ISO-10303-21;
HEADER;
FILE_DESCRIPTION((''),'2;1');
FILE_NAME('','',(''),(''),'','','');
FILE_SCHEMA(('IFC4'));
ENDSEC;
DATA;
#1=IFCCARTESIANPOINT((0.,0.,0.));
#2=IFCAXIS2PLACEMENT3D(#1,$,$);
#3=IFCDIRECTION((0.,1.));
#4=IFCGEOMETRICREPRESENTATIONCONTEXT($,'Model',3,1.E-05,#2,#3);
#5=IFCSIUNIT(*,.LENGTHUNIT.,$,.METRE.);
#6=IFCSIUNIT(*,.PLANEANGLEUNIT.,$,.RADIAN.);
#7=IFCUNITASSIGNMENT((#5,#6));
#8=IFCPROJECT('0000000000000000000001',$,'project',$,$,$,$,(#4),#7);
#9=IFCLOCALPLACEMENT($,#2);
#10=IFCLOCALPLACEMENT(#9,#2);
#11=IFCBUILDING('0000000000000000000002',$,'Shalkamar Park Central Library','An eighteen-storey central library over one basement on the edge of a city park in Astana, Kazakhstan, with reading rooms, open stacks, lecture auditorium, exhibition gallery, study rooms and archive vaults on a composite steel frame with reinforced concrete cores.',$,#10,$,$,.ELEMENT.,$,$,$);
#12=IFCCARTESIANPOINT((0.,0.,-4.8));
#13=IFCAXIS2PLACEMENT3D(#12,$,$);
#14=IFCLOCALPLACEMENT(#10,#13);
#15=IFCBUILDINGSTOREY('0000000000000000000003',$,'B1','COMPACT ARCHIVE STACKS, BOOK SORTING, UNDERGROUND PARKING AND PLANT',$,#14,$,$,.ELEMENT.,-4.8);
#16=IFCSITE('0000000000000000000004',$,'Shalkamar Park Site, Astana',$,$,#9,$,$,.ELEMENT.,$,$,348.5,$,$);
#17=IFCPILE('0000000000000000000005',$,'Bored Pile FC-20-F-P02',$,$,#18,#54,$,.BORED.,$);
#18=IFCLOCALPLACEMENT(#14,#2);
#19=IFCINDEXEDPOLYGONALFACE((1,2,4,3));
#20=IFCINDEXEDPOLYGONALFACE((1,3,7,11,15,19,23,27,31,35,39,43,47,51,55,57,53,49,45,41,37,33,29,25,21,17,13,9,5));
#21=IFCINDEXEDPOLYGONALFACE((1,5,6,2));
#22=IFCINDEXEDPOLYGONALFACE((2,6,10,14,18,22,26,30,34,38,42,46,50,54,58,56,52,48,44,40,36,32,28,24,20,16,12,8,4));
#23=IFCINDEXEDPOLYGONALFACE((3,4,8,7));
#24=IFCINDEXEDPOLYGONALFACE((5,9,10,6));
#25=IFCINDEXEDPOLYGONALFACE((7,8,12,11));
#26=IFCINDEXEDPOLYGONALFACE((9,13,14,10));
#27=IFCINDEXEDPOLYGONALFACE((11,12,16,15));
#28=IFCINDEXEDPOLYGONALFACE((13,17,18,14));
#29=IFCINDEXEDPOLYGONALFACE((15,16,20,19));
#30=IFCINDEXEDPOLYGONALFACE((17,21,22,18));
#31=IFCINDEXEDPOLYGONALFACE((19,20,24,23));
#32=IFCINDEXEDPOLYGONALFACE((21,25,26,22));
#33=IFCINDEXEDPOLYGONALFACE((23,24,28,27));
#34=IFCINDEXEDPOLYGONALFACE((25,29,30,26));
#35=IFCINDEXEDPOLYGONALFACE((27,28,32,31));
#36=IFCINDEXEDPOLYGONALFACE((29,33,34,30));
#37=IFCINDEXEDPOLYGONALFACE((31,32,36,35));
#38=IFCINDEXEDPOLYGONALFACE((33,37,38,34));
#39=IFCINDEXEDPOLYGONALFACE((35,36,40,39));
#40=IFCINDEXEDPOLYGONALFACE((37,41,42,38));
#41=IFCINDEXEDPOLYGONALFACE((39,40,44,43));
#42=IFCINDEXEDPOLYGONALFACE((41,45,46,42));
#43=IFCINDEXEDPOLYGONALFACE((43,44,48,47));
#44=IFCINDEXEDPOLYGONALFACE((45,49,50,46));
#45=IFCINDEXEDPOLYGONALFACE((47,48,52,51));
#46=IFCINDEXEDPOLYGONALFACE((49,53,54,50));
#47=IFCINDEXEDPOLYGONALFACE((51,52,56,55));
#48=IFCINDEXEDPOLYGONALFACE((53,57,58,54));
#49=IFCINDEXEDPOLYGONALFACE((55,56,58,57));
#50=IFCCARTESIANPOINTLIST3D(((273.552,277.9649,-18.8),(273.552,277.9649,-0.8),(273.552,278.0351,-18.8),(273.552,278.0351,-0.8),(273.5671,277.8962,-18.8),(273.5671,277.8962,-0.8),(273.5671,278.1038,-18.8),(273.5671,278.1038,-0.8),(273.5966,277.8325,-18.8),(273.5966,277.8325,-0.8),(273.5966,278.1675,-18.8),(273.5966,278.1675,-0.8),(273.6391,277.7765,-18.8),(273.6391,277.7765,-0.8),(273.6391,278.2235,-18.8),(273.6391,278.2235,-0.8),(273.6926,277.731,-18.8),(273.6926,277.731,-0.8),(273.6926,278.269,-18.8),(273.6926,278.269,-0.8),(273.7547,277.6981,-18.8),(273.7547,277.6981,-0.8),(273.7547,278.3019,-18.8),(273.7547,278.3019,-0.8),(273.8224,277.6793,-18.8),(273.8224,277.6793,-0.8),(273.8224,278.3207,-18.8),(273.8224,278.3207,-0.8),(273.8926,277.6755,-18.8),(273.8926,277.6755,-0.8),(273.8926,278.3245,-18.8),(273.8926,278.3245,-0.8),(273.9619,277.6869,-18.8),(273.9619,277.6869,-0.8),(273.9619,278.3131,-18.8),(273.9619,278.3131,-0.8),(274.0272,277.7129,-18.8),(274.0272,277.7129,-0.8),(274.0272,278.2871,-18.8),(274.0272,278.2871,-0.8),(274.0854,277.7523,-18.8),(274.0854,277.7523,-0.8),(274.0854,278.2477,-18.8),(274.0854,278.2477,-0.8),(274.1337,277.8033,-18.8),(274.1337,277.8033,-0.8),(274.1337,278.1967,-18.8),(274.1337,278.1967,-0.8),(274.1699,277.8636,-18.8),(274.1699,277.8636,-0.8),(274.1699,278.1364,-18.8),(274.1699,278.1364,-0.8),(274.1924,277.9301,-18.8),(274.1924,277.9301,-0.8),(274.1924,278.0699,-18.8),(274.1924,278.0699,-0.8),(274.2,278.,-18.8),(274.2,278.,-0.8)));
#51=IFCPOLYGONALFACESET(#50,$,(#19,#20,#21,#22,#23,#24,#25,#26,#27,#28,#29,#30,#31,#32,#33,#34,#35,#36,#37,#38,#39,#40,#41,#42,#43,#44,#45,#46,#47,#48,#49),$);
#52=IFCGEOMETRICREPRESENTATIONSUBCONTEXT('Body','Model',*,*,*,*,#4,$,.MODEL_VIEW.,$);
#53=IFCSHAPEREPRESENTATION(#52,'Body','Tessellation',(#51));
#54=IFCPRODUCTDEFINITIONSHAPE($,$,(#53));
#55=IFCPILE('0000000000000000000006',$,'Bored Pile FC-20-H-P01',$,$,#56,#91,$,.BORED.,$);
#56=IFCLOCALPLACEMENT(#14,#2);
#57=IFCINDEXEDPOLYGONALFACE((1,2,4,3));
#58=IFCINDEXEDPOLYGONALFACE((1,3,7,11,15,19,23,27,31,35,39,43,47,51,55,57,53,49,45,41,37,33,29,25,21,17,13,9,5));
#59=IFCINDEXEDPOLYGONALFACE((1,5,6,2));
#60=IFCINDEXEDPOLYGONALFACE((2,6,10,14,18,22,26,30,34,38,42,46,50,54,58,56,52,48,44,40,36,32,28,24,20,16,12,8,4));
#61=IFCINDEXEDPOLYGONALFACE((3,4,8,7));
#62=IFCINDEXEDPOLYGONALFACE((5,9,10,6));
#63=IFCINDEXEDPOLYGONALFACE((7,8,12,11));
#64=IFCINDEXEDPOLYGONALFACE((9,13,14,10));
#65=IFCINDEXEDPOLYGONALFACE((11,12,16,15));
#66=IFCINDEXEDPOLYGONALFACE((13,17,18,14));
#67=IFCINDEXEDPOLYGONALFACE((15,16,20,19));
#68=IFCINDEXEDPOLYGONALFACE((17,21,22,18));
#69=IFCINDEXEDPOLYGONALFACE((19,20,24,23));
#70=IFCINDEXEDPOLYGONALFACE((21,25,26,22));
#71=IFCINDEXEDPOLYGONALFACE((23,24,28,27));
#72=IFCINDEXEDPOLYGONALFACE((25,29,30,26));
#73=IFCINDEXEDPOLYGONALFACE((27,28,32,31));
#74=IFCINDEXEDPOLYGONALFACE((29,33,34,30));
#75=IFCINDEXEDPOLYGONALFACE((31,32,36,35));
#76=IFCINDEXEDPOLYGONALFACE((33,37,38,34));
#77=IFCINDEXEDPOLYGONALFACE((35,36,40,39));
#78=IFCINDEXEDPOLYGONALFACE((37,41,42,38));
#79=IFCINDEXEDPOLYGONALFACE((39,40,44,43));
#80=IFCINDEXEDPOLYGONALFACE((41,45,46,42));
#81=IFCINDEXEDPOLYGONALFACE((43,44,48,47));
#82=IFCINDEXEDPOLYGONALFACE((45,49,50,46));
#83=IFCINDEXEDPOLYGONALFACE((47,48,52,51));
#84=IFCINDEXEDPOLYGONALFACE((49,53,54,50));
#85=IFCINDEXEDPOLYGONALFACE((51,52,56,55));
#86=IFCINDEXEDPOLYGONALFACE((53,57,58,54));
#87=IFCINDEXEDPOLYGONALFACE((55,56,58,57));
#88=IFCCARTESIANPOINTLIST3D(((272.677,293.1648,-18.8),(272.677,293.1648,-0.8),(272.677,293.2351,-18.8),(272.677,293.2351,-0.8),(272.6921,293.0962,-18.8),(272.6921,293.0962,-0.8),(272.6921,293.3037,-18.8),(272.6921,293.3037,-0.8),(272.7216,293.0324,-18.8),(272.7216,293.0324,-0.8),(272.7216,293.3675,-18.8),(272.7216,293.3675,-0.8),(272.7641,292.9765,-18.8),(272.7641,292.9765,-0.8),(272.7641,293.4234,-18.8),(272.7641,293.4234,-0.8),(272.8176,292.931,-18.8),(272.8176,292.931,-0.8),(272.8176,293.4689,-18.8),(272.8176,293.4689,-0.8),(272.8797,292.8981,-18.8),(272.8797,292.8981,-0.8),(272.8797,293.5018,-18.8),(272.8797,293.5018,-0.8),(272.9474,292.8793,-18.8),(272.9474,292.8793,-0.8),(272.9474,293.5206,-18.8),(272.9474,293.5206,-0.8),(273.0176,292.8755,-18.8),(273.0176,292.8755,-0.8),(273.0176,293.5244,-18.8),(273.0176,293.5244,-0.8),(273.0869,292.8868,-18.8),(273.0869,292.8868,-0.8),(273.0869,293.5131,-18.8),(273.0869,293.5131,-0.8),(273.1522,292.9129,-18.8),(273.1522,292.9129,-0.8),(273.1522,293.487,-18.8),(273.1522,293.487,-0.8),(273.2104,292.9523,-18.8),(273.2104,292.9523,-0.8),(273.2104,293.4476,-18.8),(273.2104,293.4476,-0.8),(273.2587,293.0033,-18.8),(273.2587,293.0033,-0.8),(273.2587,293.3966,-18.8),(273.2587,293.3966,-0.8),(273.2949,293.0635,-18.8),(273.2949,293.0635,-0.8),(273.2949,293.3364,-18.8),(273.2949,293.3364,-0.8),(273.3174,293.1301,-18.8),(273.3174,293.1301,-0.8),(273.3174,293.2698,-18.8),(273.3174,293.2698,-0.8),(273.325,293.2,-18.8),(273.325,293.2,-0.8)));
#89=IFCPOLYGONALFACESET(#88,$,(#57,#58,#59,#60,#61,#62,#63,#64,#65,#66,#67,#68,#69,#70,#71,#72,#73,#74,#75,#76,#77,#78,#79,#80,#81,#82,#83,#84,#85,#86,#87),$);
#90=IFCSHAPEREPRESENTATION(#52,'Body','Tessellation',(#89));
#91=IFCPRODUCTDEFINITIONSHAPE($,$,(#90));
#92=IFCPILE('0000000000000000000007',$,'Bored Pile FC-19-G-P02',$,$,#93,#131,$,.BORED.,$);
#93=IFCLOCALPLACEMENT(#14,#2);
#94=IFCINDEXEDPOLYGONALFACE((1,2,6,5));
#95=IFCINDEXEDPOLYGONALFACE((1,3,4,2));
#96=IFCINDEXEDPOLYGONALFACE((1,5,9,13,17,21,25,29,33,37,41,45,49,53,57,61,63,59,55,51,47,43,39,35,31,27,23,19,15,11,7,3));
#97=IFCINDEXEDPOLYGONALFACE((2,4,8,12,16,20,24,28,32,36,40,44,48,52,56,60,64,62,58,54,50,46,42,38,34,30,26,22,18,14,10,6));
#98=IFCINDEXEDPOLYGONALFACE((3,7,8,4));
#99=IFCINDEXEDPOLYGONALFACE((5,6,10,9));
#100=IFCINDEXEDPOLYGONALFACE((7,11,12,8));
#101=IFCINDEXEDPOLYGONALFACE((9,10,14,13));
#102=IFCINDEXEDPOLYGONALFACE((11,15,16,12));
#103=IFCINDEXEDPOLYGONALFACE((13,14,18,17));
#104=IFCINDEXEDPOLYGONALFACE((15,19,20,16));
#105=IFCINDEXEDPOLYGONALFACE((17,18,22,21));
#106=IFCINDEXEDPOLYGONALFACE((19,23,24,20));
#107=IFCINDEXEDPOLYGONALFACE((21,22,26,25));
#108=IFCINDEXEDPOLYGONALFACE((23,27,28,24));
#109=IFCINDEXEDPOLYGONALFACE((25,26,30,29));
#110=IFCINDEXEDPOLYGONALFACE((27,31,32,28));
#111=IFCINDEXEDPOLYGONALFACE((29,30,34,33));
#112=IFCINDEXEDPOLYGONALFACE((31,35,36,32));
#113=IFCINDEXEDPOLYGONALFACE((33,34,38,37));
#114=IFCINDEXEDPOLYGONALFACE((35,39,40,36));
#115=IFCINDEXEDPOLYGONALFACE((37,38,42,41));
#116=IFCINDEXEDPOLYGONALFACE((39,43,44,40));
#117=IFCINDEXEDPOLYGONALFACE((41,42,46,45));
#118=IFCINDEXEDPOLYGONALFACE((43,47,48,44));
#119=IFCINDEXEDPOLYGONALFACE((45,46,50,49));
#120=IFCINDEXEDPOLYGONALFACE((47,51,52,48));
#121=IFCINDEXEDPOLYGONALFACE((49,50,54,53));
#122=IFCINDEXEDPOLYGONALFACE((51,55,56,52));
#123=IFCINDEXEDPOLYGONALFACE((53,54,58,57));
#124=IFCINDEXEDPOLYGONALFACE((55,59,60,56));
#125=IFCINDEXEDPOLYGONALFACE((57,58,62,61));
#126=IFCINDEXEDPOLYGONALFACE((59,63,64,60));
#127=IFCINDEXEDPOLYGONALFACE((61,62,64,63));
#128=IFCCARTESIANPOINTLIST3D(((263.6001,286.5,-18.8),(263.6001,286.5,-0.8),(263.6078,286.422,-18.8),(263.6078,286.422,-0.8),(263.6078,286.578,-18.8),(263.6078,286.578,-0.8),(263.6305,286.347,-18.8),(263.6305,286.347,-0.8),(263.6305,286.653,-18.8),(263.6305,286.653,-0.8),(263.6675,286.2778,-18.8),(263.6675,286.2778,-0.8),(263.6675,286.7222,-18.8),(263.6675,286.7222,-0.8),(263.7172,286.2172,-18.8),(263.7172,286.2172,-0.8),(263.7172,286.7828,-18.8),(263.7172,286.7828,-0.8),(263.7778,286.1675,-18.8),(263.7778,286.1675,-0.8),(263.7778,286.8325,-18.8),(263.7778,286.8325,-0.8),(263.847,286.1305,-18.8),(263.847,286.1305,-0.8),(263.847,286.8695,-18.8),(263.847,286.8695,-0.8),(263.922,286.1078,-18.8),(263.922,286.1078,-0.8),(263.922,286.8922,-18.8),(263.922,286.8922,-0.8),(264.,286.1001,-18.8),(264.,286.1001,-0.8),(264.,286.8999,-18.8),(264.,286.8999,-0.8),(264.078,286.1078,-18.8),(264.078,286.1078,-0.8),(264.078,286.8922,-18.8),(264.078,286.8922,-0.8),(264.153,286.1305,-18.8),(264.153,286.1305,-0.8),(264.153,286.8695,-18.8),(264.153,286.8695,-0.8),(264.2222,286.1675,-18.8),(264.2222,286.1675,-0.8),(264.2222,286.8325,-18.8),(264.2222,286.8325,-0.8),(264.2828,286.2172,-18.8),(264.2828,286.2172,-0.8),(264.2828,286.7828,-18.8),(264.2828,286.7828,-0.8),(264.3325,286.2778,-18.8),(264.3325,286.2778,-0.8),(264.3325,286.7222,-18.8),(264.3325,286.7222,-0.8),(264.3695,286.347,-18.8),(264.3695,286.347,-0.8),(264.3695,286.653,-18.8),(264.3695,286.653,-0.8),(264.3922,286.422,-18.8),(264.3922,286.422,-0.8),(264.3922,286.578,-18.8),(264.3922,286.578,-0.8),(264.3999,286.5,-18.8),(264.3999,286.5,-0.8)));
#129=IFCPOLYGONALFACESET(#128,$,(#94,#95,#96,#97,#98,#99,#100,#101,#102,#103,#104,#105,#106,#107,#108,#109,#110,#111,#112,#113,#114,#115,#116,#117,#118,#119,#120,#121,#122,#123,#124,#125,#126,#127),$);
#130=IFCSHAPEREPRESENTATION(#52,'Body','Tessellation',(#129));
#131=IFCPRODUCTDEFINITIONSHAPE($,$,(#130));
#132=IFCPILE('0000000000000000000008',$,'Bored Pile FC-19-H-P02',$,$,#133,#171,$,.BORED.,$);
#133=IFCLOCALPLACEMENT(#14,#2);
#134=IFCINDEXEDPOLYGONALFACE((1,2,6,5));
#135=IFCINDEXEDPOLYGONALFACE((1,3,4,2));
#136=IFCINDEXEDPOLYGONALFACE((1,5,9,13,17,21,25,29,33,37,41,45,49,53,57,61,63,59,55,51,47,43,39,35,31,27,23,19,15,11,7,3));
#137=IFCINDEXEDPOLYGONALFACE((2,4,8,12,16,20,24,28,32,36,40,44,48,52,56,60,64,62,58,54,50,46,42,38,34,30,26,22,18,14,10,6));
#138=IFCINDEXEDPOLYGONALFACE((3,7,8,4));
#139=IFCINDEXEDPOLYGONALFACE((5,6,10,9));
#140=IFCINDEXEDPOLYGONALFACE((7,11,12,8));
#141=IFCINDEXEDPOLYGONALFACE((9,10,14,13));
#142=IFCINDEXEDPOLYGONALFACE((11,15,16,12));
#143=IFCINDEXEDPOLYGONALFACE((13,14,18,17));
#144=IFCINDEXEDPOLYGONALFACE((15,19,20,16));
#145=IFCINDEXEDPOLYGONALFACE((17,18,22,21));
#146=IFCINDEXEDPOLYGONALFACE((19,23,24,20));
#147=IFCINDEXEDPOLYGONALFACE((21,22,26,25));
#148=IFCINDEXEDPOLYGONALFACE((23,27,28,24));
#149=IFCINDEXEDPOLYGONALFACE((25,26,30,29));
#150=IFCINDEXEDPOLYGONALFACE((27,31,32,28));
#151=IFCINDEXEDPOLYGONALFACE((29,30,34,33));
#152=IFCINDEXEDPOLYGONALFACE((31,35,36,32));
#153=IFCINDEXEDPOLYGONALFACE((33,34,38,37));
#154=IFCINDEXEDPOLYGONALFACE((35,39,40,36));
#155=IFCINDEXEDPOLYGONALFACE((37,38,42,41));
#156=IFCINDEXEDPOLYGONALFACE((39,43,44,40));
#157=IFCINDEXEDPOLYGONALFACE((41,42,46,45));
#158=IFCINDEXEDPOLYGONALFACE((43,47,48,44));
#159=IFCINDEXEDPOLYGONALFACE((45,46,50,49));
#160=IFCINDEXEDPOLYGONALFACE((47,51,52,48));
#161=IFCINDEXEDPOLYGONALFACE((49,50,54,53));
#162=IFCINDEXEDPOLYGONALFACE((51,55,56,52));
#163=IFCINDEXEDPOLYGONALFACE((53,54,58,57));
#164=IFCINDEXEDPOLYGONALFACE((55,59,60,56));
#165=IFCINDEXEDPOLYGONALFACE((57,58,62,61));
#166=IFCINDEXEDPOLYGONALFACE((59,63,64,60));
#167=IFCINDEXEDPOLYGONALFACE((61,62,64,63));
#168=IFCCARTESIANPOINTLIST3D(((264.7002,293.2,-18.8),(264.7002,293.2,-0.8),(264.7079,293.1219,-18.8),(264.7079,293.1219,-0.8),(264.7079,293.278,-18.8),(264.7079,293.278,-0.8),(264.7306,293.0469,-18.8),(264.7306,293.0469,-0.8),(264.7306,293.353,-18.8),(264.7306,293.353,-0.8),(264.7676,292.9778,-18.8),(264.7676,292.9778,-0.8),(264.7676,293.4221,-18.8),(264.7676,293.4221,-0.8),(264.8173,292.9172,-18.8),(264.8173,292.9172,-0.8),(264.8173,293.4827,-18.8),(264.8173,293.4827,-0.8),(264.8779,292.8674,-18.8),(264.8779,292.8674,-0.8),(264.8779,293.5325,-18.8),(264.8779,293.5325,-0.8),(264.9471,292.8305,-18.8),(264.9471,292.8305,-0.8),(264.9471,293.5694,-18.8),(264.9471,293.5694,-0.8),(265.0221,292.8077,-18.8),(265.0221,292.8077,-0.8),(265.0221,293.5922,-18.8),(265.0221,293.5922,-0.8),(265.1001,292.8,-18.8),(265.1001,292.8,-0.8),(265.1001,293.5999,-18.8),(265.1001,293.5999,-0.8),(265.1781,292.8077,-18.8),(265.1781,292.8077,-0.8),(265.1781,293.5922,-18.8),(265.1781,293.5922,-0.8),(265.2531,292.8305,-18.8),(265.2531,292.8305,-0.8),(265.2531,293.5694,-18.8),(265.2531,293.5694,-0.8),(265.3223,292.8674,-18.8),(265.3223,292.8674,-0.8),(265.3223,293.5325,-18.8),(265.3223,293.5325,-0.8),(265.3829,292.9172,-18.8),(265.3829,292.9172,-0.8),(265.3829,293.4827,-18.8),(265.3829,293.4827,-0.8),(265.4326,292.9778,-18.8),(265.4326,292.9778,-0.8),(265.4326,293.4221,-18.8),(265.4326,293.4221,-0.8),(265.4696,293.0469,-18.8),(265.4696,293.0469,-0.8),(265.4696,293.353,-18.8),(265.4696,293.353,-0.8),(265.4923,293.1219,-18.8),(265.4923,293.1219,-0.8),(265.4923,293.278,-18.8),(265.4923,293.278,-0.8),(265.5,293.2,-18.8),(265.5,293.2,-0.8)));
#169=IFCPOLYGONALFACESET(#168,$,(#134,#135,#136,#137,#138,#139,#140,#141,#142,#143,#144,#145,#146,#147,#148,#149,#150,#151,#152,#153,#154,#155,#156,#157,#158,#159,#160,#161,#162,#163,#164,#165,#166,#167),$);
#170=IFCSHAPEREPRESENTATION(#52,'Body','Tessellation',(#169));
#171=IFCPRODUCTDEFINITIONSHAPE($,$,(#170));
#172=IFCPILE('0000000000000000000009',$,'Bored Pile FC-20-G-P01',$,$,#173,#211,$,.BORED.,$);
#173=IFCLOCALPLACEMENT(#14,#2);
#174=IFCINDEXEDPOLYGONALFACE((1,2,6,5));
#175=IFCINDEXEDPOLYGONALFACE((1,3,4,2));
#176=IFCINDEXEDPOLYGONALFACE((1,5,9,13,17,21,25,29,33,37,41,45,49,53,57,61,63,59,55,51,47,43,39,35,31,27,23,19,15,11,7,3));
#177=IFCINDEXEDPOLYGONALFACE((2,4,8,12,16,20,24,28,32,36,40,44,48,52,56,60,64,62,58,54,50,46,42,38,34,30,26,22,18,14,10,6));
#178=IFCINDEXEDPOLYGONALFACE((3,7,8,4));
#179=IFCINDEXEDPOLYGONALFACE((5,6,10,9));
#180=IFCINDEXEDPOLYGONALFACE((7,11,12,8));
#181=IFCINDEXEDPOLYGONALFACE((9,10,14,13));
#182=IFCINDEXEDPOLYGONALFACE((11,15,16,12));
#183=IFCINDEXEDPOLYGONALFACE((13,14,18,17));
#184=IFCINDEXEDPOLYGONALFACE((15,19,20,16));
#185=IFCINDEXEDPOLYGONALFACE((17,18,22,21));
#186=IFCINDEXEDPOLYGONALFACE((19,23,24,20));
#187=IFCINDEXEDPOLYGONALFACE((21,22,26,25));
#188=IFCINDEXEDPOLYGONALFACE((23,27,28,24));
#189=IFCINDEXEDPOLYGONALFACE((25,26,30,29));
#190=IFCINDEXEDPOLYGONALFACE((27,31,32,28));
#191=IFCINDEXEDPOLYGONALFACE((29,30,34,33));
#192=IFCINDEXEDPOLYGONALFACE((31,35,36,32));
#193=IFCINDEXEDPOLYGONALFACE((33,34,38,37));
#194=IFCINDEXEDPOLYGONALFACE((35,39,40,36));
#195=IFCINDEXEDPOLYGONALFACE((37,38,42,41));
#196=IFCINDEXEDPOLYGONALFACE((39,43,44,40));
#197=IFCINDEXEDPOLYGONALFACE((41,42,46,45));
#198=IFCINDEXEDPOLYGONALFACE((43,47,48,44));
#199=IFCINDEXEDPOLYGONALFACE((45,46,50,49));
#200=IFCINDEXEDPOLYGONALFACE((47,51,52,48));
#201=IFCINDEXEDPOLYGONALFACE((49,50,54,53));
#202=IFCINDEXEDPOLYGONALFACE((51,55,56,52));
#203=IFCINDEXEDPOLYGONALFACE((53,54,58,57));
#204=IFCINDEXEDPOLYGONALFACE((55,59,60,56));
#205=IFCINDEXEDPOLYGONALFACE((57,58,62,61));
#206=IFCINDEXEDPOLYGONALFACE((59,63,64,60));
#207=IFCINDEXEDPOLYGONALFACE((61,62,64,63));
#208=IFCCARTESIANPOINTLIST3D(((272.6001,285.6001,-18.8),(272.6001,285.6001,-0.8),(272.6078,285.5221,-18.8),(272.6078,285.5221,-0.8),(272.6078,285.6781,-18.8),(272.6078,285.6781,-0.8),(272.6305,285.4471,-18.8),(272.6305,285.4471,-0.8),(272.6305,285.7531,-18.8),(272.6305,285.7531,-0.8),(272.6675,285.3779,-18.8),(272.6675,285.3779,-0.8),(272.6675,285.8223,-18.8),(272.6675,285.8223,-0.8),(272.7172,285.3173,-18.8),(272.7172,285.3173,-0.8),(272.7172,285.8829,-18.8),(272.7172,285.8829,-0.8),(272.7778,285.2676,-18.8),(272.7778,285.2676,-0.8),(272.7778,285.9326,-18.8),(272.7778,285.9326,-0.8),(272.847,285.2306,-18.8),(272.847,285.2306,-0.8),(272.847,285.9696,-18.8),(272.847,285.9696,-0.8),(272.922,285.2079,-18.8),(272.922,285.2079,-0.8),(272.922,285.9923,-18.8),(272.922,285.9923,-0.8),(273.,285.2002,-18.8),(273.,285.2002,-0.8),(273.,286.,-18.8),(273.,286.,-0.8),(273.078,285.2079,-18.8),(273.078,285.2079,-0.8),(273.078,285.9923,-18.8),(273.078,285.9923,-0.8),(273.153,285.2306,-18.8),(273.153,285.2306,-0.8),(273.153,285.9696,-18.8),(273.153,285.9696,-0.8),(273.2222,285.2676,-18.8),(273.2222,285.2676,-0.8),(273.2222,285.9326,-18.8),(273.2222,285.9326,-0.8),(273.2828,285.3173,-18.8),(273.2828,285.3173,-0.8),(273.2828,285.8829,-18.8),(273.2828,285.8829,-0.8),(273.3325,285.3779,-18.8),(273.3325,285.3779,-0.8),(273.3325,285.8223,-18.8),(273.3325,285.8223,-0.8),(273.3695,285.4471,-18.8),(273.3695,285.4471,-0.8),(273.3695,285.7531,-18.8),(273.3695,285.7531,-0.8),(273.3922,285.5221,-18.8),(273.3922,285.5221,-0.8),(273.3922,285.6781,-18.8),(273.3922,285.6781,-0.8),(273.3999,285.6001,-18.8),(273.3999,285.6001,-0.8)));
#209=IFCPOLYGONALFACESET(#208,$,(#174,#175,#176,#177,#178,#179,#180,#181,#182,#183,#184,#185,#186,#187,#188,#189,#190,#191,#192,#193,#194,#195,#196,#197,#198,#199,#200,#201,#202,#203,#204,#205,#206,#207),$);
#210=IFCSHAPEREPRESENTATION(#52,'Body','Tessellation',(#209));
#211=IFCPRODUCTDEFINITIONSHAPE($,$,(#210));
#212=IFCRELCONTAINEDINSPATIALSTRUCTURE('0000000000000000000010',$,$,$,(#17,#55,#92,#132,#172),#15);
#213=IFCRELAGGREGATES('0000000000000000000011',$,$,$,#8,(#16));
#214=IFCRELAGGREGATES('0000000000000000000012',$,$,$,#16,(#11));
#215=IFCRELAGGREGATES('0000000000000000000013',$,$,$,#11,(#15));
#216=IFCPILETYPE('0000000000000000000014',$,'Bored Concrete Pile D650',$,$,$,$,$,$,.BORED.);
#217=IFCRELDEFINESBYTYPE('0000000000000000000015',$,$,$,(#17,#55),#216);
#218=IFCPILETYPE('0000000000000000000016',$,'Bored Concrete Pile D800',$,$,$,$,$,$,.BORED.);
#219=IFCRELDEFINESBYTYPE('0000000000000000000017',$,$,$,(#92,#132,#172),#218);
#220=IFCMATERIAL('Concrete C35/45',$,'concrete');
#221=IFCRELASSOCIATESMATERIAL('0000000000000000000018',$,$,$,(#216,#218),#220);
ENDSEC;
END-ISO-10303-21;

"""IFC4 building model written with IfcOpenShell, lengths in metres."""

from ifc_helpers import new_model, si_unit, direction, frame, origin, origin_2d, place, context, subcontext, project, spatial, circle, extrude, material, material_profile, profile_set, type_object, element, save


model = new_model("IFC4")

# Units and contexts
model_context = context("Model", 3, precision=1e-05, world=origin(), true_north=direction((0.0, 1.0)))
body_context = subcontext(model_context, "Body", "Model", "MODEL_VIEW")
ifc_project = project(units=[si_unit("LENGTHUNIT", "METRE"), si_unit("PLANEANGLEUNIT", "RADIAN")], contexts=[model_context])

# Site, building, storey
site_placement = place(None, origin())
site = spatial("IfcSite", under=ifc_project, at=site_placement, Name="Shalkamar Park Site, Astana", CompositionType="ELEMENT", RefElevation=348.5)
building_placement = place(site_placement, origin())
building = spatial("IfcBuilding", under=site, at=building_placement, Name="Shalkamar Park Central Library", Description="An eighteen-storey central library over one basement on the edge of a city park in Astana, Kazakhstan, with reading rooms, open stacks, lecture auditorium, exhibition gallery, study rooms and archive vaults on a composite steel frame with reinforced concrete cores.", CompositionType="ELEMENT")
storey_placement = place(building_placement, frame((0.0, 0.0, -4.8)))
storey = spatial("IfcBuildingStorey", under=building, at=storey_placement, Name="B1", Description="COMPACT ARCHIVE STACKS, BOOK SORTING, UNDERGROUND PARKING AND PLANT", CompositionType="ELEMENT", Elevation=-4.8)

# Piles
ifc_material_1 = material(Name="Concrete C35/45", Category="concrete")
ifc_material_profile_1 = material_profile(ifc_material_1, circle(Radius=0.325, at=origin_2d()), Name="PILE D650")
ifc_profile_set_1 = profile_set([ifc_material_profile_1], Name="Concrete C35/45")
pile_type_1 = type_object("IfcPileType", Name="Bored Concrete Pile D650", PredefinedType="BORED", material=ifc_profile_set_1)
for number, where, z_axis, x_axis, name in (
    (1, (273.875, 278.0, -0.8), (0.0, 0.0, -1.0), (1.0, 0.0, 0.0), "Bored Pile FC-20-F-P02"),
    (2, (273.0, 293.2, -0.8), (0.0, 0.0, -1.0), (1.0, 0.0, 0.0), "Bored Pile FC-20-H-P01"),
):
    element("IfcPile", number, at=place(storey_placement, frame(where, z_axis=z_axis, x_axis=x_axis)), inside=storey, type_object=pile_type_1, Name=name, PredefinedType="BORED", context=body_context, shape_type="SweptSolid", body=[
        extrude(circle(Radius=0.325, at=origin_2d()), origin(), (0.0, 0.0, 1.0), 18.0),
    ])
ifc_material_profile_2 = material_profile(ifc_material_1, circle(Radius=0.3999, at=origin_2d()), Name="PILE D800")
ifc_profile_set_2 = profile_set([ifc_material_profile_2], Name="Concrete C35/45")
pile_type_2 = type_object("IfcPileType", Name="Bored Concrete Pile D800", PredefinedType="BORED", material=ifc_profile_set_2)
for number, where, z_axis, x_axis, name in (
    (3, (264.0, 286.5, -0.8), (0.0, 0.0, -1.0), (1.0, 0.0, 0.0), "Bored Pile FC-19-G-P02"),
    (4, (265.1001, 293.2, -0.8), (0.0, 0.0, -1.0), (1.0, 0.0, 0.0), "Bored Pile FC-19-H-P02"),
    (5, (273.0, 285.6001, -0.8), (0.0, 0.0, -1.0), (1.0, 0.0, 0.0), "Bored Pile FC-20-G-P01"),
):
    element("IfcPile", number, at=place(storey_placement, frame(where, z_axis=z_axis, x_axis=x_axis)), inside=storey, type_object=pile_type_2, Name=name, PredefinedType="BORED", context=body_context, shape_type="SweptSolid", body=[
        extrude(circle(Radius=0.3999, at=origin_2d()), origin(), (0.0, 0.0, 1.0), 18.0),
    ])

save(model, "model.ifc")
